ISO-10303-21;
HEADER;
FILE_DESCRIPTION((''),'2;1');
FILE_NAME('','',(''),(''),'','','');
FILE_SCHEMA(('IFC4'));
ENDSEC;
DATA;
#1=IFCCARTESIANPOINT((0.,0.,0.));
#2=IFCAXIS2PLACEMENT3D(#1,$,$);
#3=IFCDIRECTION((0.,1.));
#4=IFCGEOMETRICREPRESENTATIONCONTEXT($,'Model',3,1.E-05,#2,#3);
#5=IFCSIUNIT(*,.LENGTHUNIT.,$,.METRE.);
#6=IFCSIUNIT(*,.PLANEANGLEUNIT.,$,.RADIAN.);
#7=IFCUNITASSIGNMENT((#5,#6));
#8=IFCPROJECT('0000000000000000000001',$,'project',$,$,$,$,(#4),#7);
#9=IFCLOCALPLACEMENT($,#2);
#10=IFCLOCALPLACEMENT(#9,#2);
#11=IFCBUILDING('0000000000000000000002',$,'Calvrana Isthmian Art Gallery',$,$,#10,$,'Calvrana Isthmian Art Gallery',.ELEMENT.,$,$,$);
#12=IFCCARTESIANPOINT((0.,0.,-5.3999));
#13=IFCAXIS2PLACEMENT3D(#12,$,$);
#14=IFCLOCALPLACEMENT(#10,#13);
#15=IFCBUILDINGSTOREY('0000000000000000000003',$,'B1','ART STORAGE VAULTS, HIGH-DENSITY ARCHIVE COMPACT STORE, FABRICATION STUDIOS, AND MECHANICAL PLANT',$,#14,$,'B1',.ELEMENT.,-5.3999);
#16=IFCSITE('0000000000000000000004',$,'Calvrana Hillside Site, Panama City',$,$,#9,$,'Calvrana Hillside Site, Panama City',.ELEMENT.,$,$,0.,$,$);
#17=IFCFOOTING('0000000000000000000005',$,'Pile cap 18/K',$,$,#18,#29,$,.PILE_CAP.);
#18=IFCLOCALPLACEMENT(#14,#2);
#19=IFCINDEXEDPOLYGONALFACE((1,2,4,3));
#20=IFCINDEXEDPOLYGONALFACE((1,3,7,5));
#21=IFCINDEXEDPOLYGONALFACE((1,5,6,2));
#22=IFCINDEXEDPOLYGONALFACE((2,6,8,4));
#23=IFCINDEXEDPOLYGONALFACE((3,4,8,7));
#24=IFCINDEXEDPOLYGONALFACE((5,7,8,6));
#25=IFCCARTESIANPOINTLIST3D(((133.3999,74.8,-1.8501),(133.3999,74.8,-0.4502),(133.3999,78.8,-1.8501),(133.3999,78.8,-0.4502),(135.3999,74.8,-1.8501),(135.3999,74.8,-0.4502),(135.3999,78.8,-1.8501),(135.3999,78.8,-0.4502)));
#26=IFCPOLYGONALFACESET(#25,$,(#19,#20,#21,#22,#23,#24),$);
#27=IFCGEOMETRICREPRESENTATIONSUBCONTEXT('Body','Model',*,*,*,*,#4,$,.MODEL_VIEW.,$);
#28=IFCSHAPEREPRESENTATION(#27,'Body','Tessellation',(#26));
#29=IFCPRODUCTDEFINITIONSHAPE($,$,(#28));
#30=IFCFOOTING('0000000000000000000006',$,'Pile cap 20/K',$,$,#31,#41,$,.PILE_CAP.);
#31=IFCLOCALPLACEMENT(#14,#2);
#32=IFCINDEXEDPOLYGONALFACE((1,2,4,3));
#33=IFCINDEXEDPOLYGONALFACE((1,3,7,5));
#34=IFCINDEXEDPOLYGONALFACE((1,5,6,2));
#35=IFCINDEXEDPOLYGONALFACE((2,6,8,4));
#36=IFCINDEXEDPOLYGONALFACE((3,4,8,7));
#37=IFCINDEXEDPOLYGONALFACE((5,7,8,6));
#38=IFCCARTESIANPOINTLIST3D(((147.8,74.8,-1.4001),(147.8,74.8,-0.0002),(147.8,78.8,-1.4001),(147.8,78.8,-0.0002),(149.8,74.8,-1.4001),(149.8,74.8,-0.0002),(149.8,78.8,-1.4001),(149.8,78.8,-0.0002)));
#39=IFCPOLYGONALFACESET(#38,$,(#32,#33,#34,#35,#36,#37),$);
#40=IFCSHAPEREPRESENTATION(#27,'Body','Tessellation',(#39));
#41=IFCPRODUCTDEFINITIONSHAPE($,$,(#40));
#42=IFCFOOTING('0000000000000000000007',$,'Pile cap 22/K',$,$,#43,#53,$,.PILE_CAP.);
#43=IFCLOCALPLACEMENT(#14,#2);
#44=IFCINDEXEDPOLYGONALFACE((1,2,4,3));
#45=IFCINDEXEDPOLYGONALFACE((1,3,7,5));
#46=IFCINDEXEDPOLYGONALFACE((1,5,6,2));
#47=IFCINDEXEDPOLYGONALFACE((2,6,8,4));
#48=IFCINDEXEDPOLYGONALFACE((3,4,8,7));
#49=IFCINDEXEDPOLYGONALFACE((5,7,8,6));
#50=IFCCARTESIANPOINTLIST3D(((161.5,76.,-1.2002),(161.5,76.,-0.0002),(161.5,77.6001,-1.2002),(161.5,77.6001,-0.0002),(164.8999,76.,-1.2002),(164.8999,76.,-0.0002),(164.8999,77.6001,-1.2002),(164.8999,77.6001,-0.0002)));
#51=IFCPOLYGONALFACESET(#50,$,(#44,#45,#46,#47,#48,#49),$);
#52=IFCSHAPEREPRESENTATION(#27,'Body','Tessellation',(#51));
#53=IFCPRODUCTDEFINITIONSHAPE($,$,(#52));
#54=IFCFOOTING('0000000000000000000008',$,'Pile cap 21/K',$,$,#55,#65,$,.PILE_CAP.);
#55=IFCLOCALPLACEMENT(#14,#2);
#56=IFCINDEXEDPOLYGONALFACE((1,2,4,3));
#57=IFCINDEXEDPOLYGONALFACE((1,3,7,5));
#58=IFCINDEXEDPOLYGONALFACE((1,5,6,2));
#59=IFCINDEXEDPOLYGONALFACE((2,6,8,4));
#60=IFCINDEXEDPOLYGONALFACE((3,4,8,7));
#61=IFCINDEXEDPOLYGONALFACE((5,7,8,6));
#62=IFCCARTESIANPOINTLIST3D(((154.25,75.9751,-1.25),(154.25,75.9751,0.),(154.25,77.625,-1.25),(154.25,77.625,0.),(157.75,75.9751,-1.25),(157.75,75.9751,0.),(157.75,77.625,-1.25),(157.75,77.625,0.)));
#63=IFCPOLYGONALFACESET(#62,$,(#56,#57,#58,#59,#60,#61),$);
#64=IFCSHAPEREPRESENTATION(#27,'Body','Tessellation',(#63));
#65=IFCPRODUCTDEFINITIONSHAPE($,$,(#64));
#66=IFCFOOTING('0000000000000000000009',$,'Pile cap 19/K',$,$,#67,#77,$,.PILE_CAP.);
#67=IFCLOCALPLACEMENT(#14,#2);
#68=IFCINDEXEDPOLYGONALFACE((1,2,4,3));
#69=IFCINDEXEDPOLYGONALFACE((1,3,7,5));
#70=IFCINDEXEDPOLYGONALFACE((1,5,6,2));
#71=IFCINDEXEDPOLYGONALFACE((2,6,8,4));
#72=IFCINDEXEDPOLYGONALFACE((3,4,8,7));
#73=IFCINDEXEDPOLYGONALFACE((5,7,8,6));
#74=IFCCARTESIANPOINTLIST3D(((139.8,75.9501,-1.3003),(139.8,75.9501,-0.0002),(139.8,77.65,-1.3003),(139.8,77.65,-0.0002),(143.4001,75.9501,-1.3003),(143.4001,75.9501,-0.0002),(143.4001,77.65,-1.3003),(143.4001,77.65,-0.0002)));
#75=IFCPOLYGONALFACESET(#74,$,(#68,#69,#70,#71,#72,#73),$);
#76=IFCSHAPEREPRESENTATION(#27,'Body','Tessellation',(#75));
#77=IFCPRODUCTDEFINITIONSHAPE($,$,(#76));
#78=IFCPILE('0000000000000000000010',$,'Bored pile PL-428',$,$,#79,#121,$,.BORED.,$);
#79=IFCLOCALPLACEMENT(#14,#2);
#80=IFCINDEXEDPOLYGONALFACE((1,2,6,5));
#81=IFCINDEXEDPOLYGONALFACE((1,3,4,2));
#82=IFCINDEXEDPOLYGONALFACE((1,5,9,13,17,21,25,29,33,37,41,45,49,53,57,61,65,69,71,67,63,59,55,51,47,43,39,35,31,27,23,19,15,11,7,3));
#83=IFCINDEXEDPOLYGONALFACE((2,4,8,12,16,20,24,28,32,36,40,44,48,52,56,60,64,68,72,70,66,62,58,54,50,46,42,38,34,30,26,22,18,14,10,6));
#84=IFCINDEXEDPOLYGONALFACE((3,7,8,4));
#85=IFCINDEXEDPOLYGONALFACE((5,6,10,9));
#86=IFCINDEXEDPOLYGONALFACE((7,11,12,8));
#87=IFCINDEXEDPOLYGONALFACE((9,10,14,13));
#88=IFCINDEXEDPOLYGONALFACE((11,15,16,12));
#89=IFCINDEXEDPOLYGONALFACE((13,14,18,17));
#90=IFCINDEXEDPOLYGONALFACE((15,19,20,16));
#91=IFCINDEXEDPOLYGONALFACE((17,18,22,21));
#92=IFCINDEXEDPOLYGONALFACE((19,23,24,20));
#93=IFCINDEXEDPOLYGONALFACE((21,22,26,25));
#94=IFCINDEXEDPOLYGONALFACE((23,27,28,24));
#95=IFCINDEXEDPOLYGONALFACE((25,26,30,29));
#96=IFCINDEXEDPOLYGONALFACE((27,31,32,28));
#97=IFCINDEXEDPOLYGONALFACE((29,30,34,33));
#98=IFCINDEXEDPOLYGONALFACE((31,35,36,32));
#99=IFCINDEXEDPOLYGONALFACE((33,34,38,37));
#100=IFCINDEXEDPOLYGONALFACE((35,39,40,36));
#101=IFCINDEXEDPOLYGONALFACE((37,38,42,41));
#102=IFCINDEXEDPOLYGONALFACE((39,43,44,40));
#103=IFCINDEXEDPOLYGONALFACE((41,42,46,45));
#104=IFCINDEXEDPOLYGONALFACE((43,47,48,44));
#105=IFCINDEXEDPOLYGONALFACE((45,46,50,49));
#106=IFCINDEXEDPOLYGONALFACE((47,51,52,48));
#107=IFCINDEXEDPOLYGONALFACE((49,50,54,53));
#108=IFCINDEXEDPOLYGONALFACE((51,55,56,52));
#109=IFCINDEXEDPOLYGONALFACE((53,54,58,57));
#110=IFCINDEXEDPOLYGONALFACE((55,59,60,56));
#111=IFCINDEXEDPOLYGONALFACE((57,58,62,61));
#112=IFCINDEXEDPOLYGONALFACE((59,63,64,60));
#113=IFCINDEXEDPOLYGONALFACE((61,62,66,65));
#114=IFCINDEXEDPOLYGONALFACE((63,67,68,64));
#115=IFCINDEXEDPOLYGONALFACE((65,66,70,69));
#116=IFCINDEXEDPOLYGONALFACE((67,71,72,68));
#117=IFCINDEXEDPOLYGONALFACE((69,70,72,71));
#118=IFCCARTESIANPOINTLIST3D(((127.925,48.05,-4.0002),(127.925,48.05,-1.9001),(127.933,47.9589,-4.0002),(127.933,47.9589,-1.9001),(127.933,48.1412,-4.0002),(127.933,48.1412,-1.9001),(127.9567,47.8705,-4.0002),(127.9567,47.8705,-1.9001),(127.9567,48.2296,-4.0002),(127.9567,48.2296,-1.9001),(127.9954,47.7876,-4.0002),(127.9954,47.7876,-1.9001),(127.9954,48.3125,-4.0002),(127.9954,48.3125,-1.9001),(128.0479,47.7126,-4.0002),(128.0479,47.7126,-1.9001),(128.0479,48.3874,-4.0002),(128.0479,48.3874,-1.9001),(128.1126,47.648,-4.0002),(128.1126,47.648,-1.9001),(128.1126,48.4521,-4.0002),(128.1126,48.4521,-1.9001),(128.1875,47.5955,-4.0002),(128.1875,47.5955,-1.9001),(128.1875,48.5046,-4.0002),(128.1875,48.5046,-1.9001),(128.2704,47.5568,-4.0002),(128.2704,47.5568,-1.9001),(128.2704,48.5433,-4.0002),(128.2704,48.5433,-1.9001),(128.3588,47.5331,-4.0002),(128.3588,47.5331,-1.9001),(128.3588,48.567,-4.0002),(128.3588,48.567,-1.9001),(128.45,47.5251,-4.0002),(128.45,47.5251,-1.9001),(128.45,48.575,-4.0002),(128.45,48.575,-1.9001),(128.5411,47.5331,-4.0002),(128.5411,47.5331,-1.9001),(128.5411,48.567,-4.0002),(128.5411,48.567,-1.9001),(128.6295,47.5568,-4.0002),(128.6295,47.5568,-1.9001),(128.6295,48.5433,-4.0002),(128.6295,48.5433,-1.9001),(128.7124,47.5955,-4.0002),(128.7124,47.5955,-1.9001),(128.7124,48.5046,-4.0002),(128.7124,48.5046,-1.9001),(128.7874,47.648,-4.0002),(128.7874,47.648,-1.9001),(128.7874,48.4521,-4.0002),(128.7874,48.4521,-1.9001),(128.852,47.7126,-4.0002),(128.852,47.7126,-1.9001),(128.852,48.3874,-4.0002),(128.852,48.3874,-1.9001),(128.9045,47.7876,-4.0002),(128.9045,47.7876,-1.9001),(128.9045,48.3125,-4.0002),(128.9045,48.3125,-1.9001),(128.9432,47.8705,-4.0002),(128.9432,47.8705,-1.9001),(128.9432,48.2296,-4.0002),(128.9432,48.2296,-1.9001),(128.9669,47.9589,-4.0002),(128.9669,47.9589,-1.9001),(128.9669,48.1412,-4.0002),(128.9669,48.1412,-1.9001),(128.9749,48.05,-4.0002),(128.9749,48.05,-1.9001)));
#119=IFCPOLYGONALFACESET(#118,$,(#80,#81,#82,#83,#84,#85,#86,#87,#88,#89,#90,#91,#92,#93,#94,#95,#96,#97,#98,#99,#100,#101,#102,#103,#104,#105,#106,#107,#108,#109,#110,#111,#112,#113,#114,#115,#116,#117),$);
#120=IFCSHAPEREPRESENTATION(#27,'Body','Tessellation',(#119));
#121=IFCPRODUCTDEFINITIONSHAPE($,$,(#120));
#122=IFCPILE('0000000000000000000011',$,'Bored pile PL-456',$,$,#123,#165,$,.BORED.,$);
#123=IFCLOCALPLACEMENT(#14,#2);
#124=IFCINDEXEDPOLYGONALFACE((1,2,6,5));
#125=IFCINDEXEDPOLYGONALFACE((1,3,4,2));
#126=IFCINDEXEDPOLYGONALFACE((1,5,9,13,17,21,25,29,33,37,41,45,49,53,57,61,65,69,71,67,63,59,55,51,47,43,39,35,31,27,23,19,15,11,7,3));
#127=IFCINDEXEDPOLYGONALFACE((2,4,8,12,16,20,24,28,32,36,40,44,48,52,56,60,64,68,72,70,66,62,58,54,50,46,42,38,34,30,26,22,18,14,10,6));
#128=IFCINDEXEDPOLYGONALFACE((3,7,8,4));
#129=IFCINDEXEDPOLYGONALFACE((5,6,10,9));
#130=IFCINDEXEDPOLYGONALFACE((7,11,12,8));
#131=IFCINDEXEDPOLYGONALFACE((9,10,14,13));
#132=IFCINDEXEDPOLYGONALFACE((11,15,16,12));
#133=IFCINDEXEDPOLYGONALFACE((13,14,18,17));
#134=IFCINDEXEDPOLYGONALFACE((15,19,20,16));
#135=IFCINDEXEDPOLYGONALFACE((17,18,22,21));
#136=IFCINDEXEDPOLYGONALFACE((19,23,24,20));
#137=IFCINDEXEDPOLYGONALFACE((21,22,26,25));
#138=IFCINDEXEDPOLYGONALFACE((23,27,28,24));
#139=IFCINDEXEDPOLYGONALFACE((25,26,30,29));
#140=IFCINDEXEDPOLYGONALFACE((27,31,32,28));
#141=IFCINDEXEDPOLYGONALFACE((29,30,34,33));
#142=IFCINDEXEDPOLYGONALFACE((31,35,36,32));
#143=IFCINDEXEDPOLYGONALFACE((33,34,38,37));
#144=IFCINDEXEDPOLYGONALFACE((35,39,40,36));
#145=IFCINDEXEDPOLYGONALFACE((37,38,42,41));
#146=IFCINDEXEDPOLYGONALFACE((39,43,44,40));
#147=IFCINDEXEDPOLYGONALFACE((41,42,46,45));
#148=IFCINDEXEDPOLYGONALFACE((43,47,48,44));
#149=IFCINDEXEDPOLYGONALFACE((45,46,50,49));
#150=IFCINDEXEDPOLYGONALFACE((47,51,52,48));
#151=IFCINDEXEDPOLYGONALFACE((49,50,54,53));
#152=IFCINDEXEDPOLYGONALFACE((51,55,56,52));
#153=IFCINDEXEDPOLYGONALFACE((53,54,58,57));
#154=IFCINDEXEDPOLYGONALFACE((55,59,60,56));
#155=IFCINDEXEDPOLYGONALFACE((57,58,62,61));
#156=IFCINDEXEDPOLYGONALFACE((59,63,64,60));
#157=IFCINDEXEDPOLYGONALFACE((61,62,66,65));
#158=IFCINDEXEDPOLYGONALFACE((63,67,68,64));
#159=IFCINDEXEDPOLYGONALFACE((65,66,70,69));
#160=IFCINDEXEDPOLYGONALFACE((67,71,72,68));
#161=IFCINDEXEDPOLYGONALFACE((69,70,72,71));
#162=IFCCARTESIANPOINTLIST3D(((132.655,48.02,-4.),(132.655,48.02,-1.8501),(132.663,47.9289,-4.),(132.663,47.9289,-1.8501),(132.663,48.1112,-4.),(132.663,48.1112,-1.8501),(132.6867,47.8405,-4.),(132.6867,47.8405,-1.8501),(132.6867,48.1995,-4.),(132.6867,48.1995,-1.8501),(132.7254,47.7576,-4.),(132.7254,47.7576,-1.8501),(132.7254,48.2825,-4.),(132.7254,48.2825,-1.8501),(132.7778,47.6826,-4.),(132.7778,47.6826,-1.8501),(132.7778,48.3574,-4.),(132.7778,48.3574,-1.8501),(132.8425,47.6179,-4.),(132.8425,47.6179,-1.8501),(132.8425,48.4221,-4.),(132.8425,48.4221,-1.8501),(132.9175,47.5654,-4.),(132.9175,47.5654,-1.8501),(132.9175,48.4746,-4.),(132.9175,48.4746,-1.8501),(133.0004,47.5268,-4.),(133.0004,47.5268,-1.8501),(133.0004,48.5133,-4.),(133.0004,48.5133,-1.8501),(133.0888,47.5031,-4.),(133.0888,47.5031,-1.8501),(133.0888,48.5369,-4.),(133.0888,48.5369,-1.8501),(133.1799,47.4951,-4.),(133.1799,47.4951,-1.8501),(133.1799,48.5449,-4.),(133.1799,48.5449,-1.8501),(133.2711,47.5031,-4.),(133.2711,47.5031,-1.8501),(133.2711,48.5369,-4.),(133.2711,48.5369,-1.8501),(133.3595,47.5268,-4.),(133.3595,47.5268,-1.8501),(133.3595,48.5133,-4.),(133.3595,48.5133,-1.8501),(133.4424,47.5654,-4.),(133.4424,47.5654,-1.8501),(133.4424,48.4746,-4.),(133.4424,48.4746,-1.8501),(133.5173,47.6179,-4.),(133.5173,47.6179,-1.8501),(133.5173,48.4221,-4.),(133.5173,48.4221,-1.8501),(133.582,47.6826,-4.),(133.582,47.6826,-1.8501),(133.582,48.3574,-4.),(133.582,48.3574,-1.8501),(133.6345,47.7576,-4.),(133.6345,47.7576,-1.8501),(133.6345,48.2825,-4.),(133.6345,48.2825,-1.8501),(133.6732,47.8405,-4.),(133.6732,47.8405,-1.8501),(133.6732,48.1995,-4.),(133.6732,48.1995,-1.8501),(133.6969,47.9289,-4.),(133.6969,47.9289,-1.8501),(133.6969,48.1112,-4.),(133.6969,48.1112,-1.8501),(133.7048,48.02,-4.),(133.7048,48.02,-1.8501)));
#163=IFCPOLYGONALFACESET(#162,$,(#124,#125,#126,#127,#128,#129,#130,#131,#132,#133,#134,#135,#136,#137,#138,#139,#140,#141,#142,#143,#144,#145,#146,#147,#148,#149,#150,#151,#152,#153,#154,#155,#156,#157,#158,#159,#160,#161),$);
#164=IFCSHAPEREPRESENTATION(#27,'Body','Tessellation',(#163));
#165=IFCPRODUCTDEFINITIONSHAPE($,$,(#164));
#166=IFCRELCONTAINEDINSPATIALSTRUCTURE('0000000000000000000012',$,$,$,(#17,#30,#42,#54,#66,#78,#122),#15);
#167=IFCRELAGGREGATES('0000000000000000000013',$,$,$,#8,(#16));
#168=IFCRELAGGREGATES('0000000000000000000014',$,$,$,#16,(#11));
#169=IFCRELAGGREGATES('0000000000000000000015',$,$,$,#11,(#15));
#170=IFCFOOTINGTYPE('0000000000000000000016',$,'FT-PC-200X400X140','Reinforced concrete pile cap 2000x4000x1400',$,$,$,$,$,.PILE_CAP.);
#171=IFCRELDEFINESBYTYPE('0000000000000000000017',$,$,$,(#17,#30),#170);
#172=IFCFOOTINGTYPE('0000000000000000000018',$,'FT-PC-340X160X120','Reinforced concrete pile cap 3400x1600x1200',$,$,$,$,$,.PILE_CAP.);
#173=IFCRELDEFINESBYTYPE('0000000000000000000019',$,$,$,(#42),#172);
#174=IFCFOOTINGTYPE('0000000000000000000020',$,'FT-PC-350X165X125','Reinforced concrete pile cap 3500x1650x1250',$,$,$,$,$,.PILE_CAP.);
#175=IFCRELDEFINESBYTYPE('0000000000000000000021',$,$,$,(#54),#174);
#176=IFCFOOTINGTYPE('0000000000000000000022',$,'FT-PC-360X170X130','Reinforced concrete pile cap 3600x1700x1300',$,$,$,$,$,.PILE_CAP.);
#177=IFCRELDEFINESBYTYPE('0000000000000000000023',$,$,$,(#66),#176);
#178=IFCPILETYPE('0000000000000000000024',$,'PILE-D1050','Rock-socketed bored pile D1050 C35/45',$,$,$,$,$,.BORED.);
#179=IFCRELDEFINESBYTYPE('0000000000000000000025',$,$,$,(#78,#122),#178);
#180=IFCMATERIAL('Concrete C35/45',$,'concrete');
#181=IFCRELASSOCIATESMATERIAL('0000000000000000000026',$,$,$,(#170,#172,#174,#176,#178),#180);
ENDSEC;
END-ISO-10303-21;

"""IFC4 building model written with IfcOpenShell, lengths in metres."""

from ifc_helpers import new_model, si_unit, direction, frame, origin, origin_2d, place, context, subcontext, project, spatial, rectangle, circle, extrude, material, material_profile, profile_set, type_object, element, save


model = new_model("IFC4")

# Units and contexts
model_context = context("Model", 3, precision=1e-05, world=origin(), true_north=direction((0.0, 1.0)))
body_context = subcontext(model_context, "Body", "Model", "MODEL_VIEW")
ifc_project = project(units=[si_unit("LENGTHUNIT", "METRE"), si_unit("PLANEANGLEUNIT", "RADIAN")], contexts=[model_context])

# Site, building, storey
site_placement = place(None, origin())
site = spatial("IfcSite", under=ifc_project, at=site_placement, Name="Calvrana Hillside Site, Panama City", LongName="Calvrana Hillside Site, Panama City", CompositionType="ELEMENT", RefElevation=0.0)
building_placement = place(site_placement, origin())
building = spatial("IfcBuilding", under=site, at=building_placement, Name="Calvrana Isthmian Art Gallery", LongName="Calvrana Isthmian Art Gallery", CompositionType="ELEMENT")
storey_placement = place(building_placement, frame((0.0, 0.0, -5.3999)))
storey = spatial("IfcBuildingStorey", under=building, at=storey_placement, Name="B1", Description="ART STORAGE VAULTS, HIGH-DENSITY ARCHIVE COMPACT STORE, FABRICATION STUDIOS, AND MECHANICAL PLANT", LongName="B1", CompositionType="ELEMENT", Elevation=-5.3999)

# Footings
ifc_material_1 = material(Name="Concrete C35/45", Category="concrete")
footing_type_1 = type_object("IfcFootingType", Name="FT-PC-200X400X140", Description="Reinforced concrete pile cap 2000x4000x1400", PredefinedType="PILE_CAP", material=ifc_material_1)
for number, where, z_axis, x_axis, name in (
    (1, (134.3999, 76.8, -1.8501), (0.0, 0.0, 1.0), (1.0, 0.0, 0.0), "Pile cap 18/K"),
    (2, (148.8, 76.8, -1.4001), (0.0, 0.0, 1.0), (1.0, 0.0, 0.0), "Pile cap 20/K"),
):
    element("IfcFooting", number, at=place(storey_placement, frame(where, z_axis=z_axis, x_axis=x_axis)), inside=storey, type_object=footing_type_1, Name=name, PredefinedType="PILE_CAP", context=body_context, shape_type="SweptSolid", body=[
        extrude(rectangle(XDim=2.0, YDim=4.0, at=origin_2d()), origin(), (0.0, 0.0, 1.0), 1.3999),
    ])
footing_type_2 = type_object("IfcFootingType", Name="FT-PC-340X160X120", Description="Reinforced concrete pile cap 3400x1600x1200", PredefinedType="PILE_CAP", material=ifc_material_1)
footing_1_placement = place(storey_placement, frame((163.2, 76.8, -1.2002), z_axis=(0.0, 0.0, 1.0), x_axis=(1.0, 0.0, 0.0)))
element("IfcFooting", 3, at=footing_1_placement, inside=storey, type_object=footing_type_2, Name="Pile cap 22/K", PredefinedType="PILE_CAP", context=body_context, shape_type="SweptSolid", body=[
    extrude(rectangle(XDim=3.3999, YDim=1.6001, at=origin_2d()), origin(), (0.0, 0.0, 1.0), 1.2),
])
footing_type_3 = type_object("IfcFootingType", Name="FT-PC-350X165X125", Description="Reinforced concrete pile cap 3500x1650x1250", PredefinedType="PILE_CAP", material=ifc_material_1)
footing_2_placement = place(storey_placement, frame((156.0, 76.8, -1.25), z_axis=(0.0, 0.0, 1.0), x_axis=(1.0, 0.0, 0.0)))
element("IfcFooting", 4, at=footing_2_placement, inside=storey, type_object=footing_type_3, Name="Pile cap 21/K", PredefinedType="PILE_CAP", context=body_context, shape_type="SweptSolid", body=[
    extrude(rectangle(XDim=3.5, YDim=1.6499, at=origin_2d()), origin(), (0.0, 0.0, 1.0), 1.25),
])
footing_type_4 = type_object("IfcFootingType", Name="FT-PC-360X170X130", Description="Reinforced concrete pile cap 3600x1700x1300", PredefinedType="PILE_CAP", material=ifc_material_1)
footing_3_placement = place(storey_placement, frame((141.6001, 76.8, -1.3003), z_axis=(0.0, 0.0, 1.0), x_axis=(1.0, 0.0, 0.0)))
element("IfcFooting", 5, at=footing_3_placement, inside=storey, type_object=footing_type_4, Name="Pile cap 19/K", PredefinedType="PILE_CAP", context=body_context, shape_type="SweptSolid", body=[
    extrude(rectangle(XDim=3.6001, YDim=1.7, at=origin_2d()), origin(), (0.0, 0.0, 1.0), 1.3),
])

# Piles
ifc_material_profile_1 = material_profile(ifc_material_1, circle(Radius=0.5249, at=origin_2d()), Name="PILE1050D")
ifc_profile_set_1 = profile_set([ifc_material_profile_1], Name="Concrete C35/45")
pile_type_1 = type_object("IfcPileType", Name="PILE-D1050", Description="Rock-socketed bored pile D1050 C35/45", PredefinedType="BORED", material=ifc_profile_set_1)
pile_1_placement = place(storey_placement, frame((128.45, 48.05, -1.9001), z_axis=(0.0, 0.0, -1.0), x_axis=(1.0, 0.0, 0.0)))
element("IfcPile", 6, at=pile_1_placement, inside=storey, type_object=pile_type_1, Name="Bored pile PL-428", PredefinedType="BORED", context=body_context, shape_type="SweptSolid", body=[
    extrude(circle(Radius=0.5249, at=origin_2d()), origin(), (0.0, 0.0, 1.0), 2.1001),
])
for number, where, z_axis, x_axis, name in (
    (7, (133.1799, 48.02, -1.8501), (0.0, 0.0, -1.0), (1.0, 0.0, 0.0), "Bored pile PL-456"),
):
    element("IfcPile", number, at=place(storey_placement, frame(where, z_axis=z_axis, x_axis=x_axis)), inside=storey, type_object=pile_type_1, Name=name, PredefinedType="BORED", context=body_context, shape_type="SweptSolid", body=[
        extrude(circle(Radius=0.5249, at=origin_2d()), origin(), (0.0, 0.0, 1.0), 2.1499),
    ])

save(model, "model.ifc")
